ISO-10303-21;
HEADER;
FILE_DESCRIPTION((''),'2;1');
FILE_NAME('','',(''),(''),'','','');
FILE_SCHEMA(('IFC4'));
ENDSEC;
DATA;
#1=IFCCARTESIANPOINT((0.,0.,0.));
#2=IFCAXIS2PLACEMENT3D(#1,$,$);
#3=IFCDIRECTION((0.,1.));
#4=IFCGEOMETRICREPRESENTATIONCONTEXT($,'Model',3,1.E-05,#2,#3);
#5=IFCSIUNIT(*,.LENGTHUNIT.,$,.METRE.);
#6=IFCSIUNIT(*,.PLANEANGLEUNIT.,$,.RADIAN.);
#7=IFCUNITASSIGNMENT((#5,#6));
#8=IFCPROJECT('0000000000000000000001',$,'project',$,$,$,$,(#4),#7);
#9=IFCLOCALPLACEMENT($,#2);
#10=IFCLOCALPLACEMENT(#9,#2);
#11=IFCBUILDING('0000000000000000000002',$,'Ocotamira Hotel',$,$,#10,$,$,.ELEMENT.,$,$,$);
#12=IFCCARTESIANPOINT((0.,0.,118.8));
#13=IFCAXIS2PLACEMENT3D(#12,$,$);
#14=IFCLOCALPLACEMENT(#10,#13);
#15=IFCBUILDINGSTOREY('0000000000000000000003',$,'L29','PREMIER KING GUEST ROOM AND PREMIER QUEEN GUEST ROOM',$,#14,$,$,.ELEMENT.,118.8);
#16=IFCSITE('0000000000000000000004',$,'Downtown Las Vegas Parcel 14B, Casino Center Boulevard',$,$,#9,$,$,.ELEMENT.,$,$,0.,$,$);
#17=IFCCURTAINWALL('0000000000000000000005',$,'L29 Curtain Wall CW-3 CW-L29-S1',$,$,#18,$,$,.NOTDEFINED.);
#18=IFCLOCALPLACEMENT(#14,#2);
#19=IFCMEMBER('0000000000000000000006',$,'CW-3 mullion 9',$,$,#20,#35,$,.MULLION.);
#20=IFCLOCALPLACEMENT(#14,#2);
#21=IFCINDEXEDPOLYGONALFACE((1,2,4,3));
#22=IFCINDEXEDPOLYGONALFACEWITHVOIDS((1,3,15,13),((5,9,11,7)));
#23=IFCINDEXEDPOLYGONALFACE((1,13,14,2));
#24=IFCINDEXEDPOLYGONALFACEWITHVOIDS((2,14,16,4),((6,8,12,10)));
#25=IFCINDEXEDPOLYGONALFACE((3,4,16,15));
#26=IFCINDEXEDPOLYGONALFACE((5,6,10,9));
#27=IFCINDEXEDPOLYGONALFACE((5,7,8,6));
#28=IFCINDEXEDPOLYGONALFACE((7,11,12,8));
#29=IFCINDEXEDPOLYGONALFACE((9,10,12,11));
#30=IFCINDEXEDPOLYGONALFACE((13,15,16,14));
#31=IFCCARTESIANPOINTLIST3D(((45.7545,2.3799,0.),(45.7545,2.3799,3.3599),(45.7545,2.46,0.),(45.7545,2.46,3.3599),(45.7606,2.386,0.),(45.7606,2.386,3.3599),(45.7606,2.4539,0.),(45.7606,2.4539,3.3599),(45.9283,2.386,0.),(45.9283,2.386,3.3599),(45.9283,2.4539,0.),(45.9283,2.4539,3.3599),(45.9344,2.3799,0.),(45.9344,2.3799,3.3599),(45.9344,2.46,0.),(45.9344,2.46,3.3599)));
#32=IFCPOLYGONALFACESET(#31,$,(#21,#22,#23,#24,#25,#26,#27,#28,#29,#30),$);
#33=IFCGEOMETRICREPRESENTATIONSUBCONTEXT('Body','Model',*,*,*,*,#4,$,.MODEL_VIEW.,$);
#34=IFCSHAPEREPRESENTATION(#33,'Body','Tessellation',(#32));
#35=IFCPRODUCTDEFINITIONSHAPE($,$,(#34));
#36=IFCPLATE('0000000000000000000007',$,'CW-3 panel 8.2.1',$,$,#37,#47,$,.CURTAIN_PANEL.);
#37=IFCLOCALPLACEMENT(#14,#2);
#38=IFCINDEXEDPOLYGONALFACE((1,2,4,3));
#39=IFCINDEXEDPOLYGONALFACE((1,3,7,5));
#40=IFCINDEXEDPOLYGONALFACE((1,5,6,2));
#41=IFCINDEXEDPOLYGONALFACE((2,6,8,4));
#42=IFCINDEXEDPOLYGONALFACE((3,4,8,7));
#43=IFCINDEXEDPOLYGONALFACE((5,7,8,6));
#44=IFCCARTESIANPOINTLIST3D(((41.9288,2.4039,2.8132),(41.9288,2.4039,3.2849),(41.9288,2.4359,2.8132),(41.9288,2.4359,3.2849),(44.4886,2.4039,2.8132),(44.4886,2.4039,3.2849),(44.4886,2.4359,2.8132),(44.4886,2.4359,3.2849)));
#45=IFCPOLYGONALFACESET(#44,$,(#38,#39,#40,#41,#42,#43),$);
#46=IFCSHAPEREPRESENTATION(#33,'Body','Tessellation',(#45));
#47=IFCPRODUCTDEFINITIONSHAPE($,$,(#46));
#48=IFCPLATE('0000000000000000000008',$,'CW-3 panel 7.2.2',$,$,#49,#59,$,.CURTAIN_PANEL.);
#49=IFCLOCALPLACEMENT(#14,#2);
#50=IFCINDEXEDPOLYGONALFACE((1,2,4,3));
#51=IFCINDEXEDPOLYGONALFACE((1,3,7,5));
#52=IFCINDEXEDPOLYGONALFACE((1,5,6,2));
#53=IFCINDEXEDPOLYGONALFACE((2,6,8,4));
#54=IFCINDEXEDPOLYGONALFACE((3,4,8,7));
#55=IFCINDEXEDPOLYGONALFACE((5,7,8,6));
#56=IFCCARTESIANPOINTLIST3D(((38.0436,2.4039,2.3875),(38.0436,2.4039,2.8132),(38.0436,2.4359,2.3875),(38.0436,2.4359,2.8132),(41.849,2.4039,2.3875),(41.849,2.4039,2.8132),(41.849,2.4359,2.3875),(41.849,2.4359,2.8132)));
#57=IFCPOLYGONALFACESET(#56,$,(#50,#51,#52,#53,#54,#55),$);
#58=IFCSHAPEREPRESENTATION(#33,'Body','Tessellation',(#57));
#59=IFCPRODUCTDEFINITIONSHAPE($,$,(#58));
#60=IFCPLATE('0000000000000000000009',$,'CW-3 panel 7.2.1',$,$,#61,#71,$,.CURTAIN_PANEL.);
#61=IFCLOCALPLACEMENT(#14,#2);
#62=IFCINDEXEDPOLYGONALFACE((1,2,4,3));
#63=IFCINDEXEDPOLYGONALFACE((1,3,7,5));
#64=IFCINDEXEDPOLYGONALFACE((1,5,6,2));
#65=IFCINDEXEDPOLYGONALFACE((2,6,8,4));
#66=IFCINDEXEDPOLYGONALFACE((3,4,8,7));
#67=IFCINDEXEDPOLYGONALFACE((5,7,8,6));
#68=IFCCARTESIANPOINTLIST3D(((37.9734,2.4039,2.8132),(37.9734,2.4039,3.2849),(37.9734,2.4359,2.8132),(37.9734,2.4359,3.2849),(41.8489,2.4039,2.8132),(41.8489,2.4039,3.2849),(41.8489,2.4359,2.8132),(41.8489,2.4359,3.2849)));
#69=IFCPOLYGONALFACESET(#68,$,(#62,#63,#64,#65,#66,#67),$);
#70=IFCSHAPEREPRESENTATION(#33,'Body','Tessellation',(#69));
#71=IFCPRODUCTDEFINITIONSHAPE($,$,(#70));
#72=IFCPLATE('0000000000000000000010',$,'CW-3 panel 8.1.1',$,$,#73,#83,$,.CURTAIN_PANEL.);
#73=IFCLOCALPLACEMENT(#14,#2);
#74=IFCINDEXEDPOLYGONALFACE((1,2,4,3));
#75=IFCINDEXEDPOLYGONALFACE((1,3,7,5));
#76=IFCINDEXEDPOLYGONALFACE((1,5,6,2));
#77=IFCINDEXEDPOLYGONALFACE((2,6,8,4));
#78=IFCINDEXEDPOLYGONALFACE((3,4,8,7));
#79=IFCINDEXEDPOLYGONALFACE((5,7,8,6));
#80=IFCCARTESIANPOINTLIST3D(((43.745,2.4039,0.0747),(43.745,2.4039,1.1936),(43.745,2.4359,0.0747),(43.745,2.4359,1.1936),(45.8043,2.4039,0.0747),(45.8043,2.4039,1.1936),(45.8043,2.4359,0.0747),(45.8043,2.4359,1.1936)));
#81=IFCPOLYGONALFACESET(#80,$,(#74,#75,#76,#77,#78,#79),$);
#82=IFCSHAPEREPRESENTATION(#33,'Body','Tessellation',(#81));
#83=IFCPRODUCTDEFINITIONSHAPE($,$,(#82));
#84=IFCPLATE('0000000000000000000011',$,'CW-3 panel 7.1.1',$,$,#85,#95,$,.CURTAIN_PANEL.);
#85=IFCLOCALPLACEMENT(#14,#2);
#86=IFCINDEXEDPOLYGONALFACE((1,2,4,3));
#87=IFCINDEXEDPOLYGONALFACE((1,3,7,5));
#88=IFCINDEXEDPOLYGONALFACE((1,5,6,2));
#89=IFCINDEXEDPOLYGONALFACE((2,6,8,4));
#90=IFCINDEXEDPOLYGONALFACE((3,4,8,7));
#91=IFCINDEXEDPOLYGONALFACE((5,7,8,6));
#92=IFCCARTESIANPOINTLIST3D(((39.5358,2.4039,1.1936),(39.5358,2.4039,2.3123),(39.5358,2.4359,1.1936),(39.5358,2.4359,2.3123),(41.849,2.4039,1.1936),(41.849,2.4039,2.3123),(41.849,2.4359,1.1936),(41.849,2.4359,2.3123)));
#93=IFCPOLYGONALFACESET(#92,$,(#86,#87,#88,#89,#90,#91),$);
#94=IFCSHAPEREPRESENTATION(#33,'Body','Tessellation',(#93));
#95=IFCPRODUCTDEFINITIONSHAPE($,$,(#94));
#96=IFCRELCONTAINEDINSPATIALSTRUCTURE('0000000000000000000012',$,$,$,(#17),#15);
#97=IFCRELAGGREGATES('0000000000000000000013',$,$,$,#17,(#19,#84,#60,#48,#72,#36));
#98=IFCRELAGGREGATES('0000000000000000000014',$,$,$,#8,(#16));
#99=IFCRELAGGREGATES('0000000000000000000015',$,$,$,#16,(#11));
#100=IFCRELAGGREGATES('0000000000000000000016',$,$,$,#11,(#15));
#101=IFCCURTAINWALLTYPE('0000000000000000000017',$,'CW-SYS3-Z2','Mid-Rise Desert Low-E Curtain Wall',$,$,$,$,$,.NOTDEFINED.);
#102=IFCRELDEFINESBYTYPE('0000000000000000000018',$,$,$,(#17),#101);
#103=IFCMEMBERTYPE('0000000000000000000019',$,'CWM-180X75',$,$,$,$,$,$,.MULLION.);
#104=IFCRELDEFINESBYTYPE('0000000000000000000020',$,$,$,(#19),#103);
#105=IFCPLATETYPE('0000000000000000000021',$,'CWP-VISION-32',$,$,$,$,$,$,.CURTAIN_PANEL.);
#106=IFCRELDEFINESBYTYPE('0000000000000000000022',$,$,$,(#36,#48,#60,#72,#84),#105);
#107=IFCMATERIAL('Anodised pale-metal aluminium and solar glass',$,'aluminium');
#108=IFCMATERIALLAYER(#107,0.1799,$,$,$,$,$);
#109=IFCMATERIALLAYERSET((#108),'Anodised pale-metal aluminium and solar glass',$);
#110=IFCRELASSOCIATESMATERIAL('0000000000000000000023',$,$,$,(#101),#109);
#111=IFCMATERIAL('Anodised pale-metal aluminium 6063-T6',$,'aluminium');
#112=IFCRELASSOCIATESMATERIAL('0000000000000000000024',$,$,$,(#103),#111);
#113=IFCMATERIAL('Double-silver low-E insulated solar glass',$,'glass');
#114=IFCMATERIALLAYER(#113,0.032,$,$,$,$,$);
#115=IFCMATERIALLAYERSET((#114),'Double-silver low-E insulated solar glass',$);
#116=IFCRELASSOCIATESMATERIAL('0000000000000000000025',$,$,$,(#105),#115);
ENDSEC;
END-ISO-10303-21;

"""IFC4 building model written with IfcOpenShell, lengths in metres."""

from ifc_helpers import new_model, si_unit, direction, frame, origin, origin_2d, place, context, subcontext, project, spatial, rectangle, hollow_rectangle, extrude, source, transform, mapped, material, layer, layer_set, material_profile, profile_set, type_object, element, aggregate, save


model = new_model("IFC4")

# Units and contexts
model_context = context("Model", 3, precision=1e-05, world=origin(), true_north=direction((0.0, 1.0)))
body_context = subcontext(model_context, "Body", "Model", "MODEL_VIEW")
ifc_project = project(units=[si_unit("LENGTHUNIT", "METRE"), si_unit("PLANEANGLEUNIT", "RADIAN")], contexts=[model_context])

# Site, building, storey
site_placement = place(None, origin())
site = spatial("IfcSite", under=ifc_project, at=site_placement, Name="Downtown Las Vegas Parcel 14B, Casino Center Boulevard", CompositionType="ELEMENT", RefElevation=0.0)
building_placement = place(site_placement, origin())
building = spatial("IfcBuilding", under=site, at=building_placement, Name="Ocotamira Hotel", CompositionType="ELEMENT")
storey_placement = place(building_placement, frame((0.0, 0.0, 118.8)))
storey = spatial("IfcBuildingStorey", under=building, at=storey_placement, Name="L29", Description="PREMIER KING GUEST ROOM AND PREMIER QUEEN GUEST ROOM", CompositionType="ELEMENT", Elevation=118.8)

# Curtain wall, member, plates
ifc_material_1 = material(Name="Anodised pale-metal aluminium and solar glass", Category="aluminium")
ifc_layer_1 = layer(ifc_material_1, 0.1799)
ifc_layer_set_1 = layer_set([ifc_layer_1], Name="Anodised pale-metal aluminium and solar glass")
curtain_wall_type = type_object("IfcCurtainWallType", Name="CW-SYS3-Z2", Description="Mid-Rise Desert Low-E Curtain Wall", PredefinedType="NOTDEFINED", material=ifc_layer_set_1)
curtain_wall_placement = place(storey_placement, origin())
curtain_wall = element("IfcCurtainWall", 1, at=curtain_wall_placement, inside=storey, type_object=curtain_wall_type, Name="L29 Curtain Wall CW-3 CW-L29-S1", PredefinedType="NOTDEFINED")
ifc_material_2 = material(Name="Anodised pale-metal aluminium 6063-T6", Category="aluminium")
ifc_material_profile_1 = material_profile(ifc_material_2, hollow_rectangle(XDim=0.0801, YDim=0.1799, WallThickness=0.0061, at=origin_2d()), Name="HSS180X80X6")
ifc_profile_set_1 = profile_set([ifc_material_profile_1], Name="Anodised pale-metal aluminium 6063-T6")
member_type_1 = type_object("IfcMemberType", Name="CWM-180X75", PredefinedType="MULLION", material=ifc_profile_set_1)
shared_shape_1 = source(origin(), body_context, "Body", "SweptSolid", [
    extrude(hollow_rectangle(XDim=0.0801, YDim=0.1799, WallThickness=0.0061, at=origin_2d()), origin(), (0.0, 0.0, 1.0), 3.3599),
])
member_1_placement = place(storey_placement, frame((45.8445, 2.4199, 0.0), z_axis=(0.0, 0.0, 1.0), x_axis=(0.0, 1.0, 0.0)))
member_1 = element("IfcMember", 2, at=member_1_placement, type_object=member_type_1, Name="CW-3 mullion 9", PredefinedType="MULLION", context=body_context, shape_type="MappedRepresentation", body=[
    mapped(shared_shape_1, transform((0.0, 0.0, 0.0), scale=1.0)),
])
ifc_material_3 = material(Name="Double-silver low-E insulated solar glass", Category="glass")
ifc_layer_2 = layer(ifc_material_3, 0.032)
ifc_layer_set_2 = layer_set([ifc_layer_2], Name="Double-silver low-E insulated solar glass")
plate_type = type_object("IfcPlateType", Name="CWP-VISION-32", PredefinedType="CURTAIN_PANEL", material=ifc_layer_set_2)
shared_shape_2 = source(origin(), body_context, "Body", "SweptSolid", [
    extrude(rectangle(XDim=2.5598, YDim=0.032, at=origin_2d()), origin(), (0.0, 0.0, 1.0), 0.4717),
])
plate_1_placement = place(storey_placement, frame((43.2087, 2.4199, 2.8132), z_axis=(0.0, 0.0, 1.0), x_axis=(1.0, 0.0, 0.0)))
plate_1 = element("IfcPlate", 3, at=plate_1_placement, type_object=plate_type, Name="CW-3 panel 8.2.1", PredefinedType="CURTAIN_PANEL", context=body_context, shape_type="MappedRepresentation", body=[
    mapped(shared_shape_2, transform((0.0, 0.0, 0.0), scale=1.0)),
])
shared_shape_3 = source(origin(), body_context, "Body", "SweptSolid", [
    extrude(rectangle(XDim=3.8054, YDim=0.032, at=origin_2d()), origin(), (0.0, 0.0, 1.0), 0.4258),
])
plate_2_placement = place(storey_placement, frame((39.9463, 2.4199, 2.3875), z_axis=(0.0, 0.0, 1.0), x_axis=(1.0, 0.0, 0.0)))
plate_2 = element("IfcPlate", 4, at=plate_2_placement, type_object=plate_type, Name="CW-3 panel 7.2.2", PredefinedType="CURTAIN_PANEL", context=body_context, shape_type="MappedRepresentation", body=[
    mapped(shared_shape_3, transform((0.0, 0.0, 0.0), scale=1.0)),
])
shared_shape_4 = source(origin(), body_context, "Body", "SweptSolid", [
    extrude(rectangle(XDim=3.8755, YDim=0.032, at=origin_2d()), origin(), (0.0, 0.0, 1.0), 0.4717),
])
plate_3_placement = place(storey_placement, frame((39.9111, 2.4199, 2.8132), z_axis=(0.0, 0.0, 1.0), x_axis=(1.0, 0.0, 0.0)))
plate_3 = element("IfcPlate", 5, at=plate_3_placement, type_object=plate_type, Name="CW-3 panel 7.2.1", PredefinedType="CURTAIN_PANEL", context=body_context, shape_type="MappedRepresentation", body=[
    mapped(shared_shape_4, transform((0.0, 0.0, 0.0), scale=1.0)),
])
shared_shape_5 = source(origin(), body_context, "Body", "SweptSolid", [
    extrude(rectangle(XDim=2.0593, YDim=0.032, at=origin_2d()), origin(), (0.0, 0.0, 1.0), 1.1189),
])
plate_4_placement = place(storey_placement, frame((44.7747, 2.4199, 0.0747), z_axis=(0.0, 0.0, 1.0), x_axis=(1.0, 0.0, 0.0)))
plate_4 = element("IfcPlate", 6, at=plate_4_placement, type_object=plate_type, Name="CW-3 panel 8.1.1", PredefinedType="CURTAIN_PANEL", context=body_context, shape_type="MappedRepresentation", body=[
    mapped(shared_shape_5, transform((0.0, 0.0, 0.0), scale=1.0)),
])
shared_shape_6 = source(origin(), body_context, "Body", "SweptSolid", [
    extrude(rectangle(XDim=2.3132, YDim=0.032, at=origin_2d()), origin(), (0.0, 0.0, 1.0), 1.1187),
])
plate_5_placement = place(storey_placement, frame((40.6924, 2.4199, 1.1936), z_axis=(0.0, 0.0, 1.0), x_axis=(1.0, 0.0, 0.0)))
plate_5 = element("IfcPlate", 7, at=plate_5_placement, type_object=plate_type, Name="CW-3 panel 7.1.1", PredefinedType="CURTAIN_PANEL", context=body_context, shape_type="MappedRepresentation", body=[
    mapped(shared_shape_6, transform((0.0, 0.0, 0.0), scale=1.0)),
])
aggregate(curtain_wall, [member_1, plate_5, plate_3, plate_2, plate_4, plate_1])

save(model, "model.ifc")
